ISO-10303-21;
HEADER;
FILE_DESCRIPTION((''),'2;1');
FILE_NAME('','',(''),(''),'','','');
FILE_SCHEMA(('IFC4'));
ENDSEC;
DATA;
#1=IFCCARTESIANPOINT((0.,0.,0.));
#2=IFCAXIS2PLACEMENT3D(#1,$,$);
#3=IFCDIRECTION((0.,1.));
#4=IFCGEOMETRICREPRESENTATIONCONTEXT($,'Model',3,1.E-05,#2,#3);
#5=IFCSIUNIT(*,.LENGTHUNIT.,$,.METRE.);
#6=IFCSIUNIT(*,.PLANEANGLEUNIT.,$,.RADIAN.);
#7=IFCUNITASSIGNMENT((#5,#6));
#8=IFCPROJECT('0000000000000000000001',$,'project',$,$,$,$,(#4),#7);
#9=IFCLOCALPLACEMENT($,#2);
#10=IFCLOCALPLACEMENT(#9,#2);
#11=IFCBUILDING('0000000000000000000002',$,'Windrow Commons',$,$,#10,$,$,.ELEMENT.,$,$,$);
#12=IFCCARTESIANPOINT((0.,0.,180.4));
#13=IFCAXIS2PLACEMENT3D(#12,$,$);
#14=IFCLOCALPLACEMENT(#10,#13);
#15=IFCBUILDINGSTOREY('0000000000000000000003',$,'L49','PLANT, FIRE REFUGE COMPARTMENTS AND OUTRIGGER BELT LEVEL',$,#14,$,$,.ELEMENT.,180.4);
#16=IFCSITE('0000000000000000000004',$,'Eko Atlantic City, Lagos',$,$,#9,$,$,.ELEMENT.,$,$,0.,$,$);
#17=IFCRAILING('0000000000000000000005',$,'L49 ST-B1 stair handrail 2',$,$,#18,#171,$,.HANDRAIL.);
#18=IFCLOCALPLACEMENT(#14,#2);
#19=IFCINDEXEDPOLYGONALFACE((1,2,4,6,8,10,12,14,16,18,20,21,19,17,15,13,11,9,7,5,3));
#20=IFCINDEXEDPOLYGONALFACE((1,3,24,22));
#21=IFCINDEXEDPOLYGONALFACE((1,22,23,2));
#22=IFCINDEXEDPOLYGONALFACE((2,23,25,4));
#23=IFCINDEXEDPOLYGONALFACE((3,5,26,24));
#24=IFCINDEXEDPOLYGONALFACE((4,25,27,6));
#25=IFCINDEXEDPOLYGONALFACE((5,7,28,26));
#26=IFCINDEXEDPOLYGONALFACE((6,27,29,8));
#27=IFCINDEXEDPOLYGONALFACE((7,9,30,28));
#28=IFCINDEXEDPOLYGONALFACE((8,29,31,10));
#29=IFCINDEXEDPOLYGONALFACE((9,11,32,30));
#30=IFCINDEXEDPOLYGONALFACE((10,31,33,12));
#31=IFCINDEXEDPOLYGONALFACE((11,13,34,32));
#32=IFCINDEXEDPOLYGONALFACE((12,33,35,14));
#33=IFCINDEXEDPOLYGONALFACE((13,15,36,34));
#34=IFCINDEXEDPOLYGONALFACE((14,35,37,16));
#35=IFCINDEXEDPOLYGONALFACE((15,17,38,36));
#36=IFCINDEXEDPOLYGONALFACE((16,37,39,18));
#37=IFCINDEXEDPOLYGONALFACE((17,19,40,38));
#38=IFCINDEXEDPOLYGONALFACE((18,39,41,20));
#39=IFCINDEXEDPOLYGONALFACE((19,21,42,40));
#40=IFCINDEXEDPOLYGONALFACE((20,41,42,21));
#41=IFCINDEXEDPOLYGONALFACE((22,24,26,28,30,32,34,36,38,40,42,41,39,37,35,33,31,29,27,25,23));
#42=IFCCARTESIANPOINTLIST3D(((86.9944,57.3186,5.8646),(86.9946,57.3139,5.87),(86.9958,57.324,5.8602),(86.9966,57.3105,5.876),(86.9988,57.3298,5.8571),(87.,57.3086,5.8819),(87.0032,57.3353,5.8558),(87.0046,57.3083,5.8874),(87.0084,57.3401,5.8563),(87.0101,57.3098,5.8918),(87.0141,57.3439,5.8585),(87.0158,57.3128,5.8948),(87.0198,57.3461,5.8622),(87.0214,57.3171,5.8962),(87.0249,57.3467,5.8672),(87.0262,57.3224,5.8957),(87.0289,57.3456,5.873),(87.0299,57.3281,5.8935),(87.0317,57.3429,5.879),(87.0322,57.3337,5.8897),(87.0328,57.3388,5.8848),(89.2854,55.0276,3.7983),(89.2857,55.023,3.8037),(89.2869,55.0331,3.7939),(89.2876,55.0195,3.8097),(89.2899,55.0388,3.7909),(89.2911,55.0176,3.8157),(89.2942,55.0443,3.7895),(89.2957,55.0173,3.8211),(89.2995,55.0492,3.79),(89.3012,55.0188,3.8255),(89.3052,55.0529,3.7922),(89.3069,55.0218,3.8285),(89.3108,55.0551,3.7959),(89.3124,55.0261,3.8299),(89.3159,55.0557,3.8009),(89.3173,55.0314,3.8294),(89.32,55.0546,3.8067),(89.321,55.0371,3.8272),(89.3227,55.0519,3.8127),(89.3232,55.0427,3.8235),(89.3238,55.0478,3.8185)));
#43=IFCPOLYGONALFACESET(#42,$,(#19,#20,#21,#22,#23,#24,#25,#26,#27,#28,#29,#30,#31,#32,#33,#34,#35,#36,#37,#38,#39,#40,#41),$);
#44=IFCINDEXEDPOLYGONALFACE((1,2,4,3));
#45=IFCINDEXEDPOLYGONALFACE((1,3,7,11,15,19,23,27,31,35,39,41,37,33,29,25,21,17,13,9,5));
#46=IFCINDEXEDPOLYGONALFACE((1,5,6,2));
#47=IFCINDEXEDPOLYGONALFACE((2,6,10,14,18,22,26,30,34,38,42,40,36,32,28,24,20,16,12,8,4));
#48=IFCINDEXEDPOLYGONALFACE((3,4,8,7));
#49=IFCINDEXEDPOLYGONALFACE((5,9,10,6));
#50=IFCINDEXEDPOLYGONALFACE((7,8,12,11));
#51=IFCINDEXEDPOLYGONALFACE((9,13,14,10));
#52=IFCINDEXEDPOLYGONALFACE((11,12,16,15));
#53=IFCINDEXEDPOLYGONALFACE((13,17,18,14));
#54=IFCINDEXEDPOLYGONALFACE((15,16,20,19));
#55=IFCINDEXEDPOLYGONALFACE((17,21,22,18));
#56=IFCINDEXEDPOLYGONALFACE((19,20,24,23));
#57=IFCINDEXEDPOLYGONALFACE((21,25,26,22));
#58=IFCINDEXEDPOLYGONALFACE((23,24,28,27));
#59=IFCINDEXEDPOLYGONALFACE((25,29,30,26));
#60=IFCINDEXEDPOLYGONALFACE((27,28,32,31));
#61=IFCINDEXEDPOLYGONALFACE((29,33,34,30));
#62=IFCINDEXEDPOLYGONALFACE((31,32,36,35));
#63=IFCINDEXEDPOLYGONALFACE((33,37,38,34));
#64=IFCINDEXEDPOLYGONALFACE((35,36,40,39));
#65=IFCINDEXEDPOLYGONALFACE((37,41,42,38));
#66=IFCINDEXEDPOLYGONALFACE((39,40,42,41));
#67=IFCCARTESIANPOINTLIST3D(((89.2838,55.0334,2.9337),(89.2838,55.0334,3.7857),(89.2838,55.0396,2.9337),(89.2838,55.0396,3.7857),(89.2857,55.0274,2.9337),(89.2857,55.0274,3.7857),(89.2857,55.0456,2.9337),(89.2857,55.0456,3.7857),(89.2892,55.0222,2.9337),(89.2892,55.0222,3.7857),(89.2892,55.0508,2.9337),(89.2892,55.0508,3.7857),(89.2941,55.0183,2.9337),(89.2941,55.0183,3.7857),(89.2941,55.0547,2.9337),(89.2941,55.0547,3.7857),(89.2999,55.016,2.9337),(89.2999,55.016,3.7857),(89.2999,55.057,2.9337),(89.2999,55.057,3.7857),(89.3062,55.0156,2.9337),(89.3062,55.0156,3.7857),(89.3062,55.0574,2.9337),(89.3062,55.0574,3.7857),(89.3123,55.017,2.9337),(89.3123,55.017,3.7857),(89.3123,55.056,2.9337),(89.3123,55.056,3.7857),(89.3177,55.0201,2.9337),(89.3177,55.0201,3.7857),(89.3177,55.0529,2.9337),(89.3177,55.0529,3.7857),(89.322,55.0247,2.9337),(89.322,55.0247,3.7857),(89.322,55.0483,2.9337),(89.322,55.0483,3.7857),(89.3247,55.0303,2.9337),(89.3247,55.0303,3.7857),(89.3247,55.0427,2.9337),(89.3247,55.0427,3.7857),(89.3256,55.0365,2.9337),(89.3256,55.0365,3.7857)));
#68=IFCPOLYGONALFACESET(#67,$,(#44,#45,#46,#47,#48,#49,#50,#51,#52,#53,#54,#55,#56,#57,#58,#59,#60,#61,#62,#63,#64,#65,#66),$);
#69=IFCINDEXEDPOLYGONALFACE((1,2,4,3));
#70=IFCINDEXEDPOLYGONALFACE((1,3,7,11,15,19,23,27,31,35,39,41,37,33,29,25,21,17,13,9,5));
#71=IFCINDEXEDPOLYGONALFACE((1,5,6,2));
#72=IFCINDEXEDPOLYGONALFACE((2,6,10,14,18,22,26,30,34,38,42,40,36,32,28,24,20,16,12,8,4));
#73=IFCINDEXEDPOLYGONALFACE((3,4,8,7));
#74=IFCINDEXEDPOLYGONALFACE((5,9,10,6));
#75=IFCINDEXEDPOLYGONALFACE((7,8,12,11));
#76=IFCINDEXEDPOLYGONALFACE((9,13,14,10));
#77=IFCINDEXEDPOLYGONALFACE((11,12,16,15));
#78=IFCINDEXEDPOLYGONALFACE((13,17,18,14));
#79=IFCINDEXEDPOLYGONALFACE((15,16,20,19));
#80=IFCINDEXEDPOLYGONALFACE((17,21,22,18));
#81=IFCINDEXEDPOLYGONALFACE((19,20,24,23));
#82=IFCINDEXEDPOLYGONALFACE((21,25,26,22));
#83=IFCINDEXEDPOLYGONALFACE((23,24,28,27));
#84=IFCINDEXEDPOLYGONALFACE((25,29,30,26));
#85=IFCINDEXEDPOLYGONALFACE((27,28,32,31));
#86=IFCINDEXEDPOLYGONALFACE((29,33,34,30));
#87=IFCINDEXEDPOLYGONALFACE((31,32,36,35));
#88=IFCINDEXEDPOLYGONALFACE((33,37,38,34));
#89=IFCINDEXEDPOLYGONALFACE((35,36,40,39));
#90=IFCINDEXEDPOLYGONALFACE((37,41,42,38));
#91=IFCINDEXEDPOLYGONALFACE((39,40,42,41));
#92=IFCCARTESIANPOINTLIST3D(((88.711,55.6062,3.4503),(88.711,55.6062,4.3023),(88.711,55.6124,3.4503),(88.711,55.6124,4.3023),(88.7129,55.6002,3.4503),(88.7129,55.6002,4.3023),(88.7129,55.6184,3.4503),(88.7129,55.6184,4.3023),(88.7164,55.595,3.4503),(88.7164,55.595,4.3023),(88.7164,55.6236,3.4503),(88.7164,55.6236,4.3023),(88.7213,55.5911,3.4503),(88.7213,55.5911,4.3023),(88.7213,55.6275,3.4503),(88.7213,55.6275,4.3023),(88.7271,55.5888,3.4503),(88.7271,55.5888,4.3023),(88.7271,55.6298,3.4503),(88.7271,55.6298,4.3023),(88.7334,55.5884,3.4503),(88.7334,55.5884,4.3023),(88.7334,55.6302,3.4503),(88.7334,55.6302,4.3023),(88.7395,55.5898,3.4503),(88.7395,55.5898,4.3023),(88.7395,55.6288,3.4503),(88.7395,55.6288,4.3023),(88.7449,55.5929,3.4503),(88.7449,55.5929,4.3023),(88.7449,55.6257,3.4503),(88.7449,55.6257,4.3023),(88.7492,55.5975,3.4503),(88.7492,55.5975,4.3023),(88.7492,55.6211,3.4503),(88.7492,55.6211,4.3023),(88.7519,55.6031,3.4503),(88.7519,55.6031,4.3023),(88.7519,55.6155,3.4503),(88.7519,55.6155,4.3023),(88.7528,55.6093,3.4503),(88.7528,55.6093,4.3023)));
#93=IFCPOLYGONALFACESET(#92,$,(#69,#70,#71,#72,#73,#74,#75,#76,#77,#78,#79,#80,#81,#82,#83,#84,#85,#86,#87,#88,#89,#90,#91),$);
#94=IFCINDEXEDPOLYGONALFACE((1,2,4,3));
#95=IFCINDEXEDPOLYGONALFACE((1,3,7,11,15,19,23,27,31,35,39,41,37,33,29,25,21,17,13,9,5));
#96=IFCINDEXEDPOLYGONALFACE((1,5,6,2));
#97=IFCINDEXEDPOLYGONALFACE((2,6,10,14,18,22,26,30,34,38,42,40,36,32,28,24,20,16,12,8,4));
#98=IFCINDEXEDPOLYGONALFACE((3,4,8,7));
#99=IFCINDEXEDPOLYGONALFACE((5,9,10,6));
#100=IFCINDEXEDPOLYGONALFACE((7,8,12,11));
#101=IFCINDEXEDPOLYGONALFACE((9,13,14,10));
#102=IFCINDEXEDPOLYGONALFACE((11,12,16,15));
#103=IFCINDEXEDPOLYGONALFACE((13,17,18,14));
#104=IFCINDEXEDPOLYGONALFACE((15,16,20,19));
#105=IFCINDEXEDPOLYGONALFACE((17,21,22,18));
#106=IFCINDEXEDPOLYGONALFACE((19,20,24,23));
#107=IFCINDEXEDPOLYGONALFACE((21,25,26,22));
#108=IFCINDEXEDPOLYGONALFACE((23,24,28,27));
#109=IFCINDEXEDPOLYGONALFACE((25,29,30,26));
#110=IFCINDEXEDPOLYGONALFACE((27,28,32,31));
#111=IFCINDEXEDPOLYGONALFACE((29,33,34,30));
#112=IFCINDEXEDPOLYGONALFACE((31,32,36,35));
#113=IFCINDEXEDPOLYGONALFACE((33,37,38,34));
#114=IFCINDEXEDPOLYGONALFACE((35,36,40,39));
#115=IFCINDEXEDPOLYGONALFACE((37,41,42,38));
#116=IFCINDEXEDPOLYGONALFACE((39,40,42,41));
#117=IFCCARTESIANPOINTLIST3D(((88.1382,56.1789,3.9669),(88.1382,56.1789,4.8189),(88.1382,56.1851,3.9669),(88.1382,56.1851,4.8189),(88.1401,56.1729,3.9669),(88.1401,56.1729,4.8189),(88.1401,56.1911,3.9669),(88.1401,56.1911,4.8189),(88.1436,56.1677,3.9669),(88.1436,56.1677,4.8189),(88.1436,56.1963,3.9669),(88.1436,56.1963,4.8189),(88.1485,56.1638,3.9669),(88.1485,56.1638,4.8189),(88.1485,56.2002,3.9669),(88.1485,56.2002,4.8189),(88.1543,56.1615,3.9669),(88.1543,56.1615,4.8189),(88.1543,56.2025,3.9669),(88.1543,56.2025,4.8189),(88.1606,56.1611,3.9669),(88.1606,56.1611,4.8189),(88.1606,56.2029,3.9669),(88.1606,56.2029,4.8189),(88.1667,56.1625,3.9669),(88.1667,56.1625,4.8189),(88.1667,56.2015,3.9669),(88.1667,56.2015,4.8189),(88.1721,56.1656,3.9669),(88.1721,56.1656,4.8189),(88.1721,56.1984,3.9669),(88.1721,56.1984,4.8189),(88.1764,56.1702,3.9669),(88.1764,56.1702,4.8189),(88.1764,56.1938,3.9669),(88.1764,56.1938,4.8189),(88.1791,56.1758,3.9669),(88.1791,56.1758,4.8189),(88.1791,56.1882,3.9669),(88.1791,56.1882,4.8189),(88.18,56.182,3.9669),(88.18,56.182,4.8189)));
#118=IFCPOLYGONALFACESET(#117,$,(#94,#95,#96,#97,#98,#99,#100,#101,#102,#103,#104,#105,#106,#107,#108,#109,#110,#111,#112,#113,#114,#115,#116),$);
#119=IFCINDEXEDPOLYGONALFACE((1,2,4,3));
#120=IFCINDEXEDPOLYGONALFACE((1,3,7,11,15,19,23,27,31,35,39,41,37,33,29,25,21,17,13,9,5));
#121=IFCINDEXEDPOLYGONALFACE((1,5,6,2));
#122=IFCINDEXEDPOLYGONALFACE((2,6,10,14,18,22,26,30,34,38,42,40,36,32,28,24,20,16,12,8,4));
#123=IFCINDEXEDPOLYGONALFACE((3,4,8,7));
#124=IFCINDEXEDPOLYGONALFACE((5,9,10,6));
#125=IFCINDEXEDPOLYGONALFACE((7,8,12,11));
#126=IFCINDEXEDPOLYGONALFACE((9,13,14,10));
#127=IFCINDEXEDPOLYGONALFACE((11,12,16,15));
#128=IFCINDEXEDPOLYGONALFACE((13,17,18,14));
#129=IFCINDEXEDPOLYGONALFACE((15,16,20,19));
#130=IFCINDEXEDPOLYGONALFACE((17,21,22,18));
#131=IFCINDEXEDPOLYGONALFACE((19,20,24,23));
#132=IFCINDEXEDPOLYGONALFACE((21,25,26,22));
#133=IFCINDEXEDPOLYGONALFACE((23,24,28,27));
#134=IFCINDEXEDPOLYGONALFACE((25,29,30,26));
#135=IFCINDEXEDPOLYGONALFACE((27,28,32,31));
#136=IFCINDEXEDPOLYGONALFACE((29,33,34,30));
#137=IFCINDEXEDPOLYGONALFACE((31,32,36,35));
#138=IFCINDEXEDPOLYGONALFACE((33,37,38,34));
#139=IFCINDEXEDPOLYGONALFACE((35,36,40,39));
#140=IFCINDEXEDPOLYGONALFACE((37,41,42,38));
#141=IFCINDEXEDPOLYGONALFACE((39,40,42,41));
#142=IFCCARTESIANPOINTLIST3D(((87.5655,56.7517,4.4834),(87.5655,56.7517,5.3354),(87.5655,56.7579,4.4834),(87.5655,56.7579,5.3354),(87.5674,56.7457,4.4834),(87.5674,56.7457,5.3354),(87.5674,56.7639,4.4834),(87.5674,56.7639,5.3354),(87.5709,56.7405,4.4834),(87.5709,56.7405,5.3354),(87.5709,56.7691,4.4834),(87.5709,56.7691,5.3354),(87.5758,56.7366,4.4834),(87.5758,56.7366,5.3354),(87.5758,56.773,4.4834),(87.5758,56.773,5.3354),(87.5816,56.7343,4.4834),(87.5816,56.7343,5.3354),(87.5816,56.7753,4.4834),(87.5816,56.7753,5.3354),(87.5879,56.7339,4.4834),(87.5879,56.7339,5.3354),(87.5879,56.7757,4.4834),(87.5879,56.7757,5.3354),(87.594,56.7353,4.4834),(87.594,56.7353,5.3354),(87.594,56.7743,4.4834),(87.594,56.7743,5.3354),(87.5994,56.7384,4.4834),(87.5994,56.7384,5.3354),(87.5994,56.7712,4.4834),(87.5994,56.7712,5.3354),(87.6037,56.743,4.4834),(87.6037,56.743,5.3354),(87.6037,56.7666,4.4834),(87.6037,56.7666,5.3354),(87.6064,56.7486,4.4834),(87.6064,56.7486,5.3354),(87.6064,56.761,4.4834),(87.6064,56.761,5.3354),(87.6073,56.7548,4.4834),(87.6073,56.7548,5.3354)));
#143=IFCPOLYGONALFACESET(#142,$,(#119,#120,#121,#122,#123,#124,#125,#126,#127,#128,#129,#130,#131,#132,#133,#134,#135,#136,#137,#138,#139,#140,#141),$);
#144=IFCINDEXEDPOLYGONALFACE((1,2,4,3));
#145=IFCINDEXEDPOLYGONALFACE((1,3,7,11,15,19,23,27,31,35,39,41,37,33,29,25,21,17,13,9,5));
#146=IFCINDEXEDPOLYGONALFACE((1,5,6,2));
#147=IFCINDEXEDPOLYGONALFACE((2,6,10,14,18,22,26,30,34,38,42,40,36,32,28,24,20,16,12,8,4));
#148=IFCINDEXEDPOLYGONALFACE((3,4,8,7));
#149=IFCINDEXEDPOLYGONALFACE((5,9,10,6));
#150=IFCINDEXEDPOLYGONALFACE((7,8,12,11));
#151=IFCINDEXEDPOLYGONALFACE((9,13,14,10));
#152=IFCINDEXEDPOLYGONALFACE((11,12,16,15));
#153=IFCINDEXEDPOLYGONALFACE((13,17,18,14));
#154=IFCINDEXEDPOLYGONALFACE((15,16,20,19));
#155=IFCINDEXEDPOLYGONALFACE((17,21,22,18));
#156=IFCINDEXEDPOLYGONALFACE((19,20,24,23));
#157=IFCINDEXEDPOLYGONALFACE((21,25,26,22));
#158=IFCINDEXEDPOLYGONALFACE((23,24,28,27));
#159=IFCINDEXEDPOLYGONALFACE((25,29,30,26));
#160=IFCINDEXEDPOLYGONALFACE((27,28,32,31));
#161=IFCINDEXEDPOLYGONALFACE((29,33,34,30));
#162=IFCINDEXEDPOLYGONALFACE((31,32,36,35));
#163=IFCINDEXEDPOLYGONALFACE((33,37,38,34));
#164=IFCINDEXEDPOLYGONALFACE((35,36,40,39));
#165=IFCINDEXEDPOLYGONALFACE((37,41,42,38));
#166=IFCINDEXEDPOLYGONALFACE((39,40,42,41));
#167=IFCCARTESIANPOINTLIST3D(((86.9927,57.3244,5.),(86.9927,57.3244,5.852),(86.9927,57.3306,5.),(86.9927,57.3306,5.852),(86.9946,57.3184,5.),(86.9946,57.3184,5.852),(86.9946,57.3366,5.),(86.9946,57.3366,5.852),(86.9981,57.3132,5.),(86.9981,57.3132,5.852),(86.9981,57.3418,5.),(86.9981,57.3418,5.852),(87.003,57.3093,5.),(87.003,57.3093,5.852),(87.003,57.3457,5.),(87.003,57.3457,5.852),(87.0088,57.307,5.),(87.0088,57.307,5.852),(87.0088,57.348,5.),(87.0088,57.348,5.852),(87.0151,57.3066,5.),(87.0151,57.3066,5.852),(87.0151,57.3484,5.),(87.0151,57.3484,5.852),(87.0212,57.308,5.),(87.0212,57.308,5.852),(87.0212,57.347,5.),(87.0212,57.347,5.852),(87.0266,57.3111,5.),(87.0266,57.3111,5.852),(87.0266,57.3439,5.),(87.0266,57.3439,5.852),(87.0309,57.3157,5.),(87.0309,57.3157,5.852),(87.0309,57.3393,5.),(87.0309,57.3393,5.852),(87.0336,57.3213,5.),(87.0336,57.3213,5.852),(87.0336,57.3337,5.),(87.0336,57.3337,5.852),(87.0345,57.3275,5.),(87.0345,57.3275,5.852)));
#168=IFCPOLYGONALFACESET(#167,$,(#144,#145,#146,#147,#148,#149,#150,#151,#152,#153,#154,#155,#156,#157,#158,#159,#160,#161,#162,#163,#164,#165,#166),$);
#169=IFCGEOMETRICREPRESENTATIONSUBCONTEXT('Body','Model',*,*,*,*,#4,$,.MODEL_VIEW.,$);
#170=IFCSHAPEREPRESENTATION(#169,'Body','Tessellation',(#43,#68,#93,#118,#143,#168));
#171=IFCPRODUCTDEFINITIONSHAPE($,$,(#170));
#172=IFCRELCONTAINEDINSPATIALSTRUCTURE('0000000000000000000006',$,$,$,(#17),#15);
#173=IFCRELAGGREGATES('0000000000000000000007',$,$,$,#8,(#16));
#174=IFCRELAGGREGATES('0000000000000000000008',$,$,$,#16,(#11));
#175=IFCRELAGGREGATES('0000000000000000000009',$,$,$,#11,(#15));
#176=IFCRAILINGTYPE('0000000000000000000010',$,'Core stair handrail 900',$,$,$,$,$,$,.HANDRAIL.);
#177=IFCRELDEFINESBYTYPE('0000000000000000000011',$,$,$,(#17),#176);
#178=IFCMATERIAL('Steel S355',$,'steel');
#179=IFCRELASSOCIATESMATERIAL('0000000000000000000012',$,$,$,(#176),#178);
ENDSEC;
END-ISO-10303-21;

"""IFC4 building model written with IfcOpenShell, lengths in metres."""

from ifc_helpers import new_model, si_unit, direction, frame, origin, origin_2d, place, context, subcontext, project, spatial, circle, extrude, material, type_object, element, save


model = new_model("IFC4")

# Units and contexts
model_context = context("Model", 3, precision=1e-05, world=origin(), true_north=direction((0.0, 1.0)))
body_context = subcontext(model_context, "Body", "Model", "MODEL_VIEW")
ifc_project = project(units=[si_unit("LENGTHUNIT", "METRE"), si_unit("PLANEANGLEUNIT", "RADIAN")], contexts=[model_context])

# Site, building, storey
site_placement = place(None, origin())
site = spatial("IfcSite", under=ifc_project, at=site_placement, Name="Eko Atlantic City, Lagos", CompositionType="ELEMENT", RefElevation=0.0)
building_placement = place(site_placement, origin())
building = spatial("IfcBuilding", under=site, at=building_placement, Name="Windrow Commons", CompositionType="ELEMENT")
storey_placement = place(building_placement, frame((0.0, 0.0, 180.4)))
storey = spatial("IfcBuildingStorey", under=building, at=storey_placement, Name="L49", Description="PLANT, FIRE REFUGE COMPARTMENTS AND OUTRIGGER BELT LEVEL", CompositionType="ELEMENT", Elevation=180.4)

# Railing
ifc_material_1 = material(Name="Steel S355", Category="steel")
railing_type_1 = type_object("IfcRailingType", Name="Core stair handrail 900", PredefinedType="HANDRAIL", material=ifc_material_1)
railing_1_placement = place(storey_placement, frame((89.3046, 55.0365, 2.9337)))
element("IfcRailing", 1, at=railing_1_placement, inside=storey, type_object=railing_type_1, Name="L49 ST-B1 stair handrail 2", PredefinedType="HANDRAIL", context=body_context, shape_type="SweptSolid", body=[
    extrude(circle(Radius=0.024, at=origin_2d()), frame((0.0, 0.0, 0.876), z_axis=(-0.5962, 0.596174, 0.537701), x_axis=(-0.707091, -0.707122, 0.0)), (0.0, 0.0, 1.0), 3.8428),
    extrude(circle(Radius=0.021, at=origin_2d()), origin(), (0.0, 0.0, 1.0), 0.852),
    extrude(circle(Radius=0.021, at=origin_2d()), frame((-0.5728, 0.5728, 0.5166)), (0.0, 0.0, 1.0), 0.852),
    extrude(circle(Radius=0.021, at=origin_2d()), frame((-1.1456, 1.1455, 1.0332)), (0.0, 0.0, 1.0), 0.852),
    extrude(circle(Radius=0.021, at=origin_2d()), frame((-1.7183, 1.7183, 1.5497)), (0.0, 0.0, 1.0), 0.852),
    extrude(circle(Radius=0.021, at=origin_2d()), frame((-2.2911, 2.291, 2.0663)), (0.0, 0.0, 1.0), 0.852),
])

save(model, "model.ifc")
